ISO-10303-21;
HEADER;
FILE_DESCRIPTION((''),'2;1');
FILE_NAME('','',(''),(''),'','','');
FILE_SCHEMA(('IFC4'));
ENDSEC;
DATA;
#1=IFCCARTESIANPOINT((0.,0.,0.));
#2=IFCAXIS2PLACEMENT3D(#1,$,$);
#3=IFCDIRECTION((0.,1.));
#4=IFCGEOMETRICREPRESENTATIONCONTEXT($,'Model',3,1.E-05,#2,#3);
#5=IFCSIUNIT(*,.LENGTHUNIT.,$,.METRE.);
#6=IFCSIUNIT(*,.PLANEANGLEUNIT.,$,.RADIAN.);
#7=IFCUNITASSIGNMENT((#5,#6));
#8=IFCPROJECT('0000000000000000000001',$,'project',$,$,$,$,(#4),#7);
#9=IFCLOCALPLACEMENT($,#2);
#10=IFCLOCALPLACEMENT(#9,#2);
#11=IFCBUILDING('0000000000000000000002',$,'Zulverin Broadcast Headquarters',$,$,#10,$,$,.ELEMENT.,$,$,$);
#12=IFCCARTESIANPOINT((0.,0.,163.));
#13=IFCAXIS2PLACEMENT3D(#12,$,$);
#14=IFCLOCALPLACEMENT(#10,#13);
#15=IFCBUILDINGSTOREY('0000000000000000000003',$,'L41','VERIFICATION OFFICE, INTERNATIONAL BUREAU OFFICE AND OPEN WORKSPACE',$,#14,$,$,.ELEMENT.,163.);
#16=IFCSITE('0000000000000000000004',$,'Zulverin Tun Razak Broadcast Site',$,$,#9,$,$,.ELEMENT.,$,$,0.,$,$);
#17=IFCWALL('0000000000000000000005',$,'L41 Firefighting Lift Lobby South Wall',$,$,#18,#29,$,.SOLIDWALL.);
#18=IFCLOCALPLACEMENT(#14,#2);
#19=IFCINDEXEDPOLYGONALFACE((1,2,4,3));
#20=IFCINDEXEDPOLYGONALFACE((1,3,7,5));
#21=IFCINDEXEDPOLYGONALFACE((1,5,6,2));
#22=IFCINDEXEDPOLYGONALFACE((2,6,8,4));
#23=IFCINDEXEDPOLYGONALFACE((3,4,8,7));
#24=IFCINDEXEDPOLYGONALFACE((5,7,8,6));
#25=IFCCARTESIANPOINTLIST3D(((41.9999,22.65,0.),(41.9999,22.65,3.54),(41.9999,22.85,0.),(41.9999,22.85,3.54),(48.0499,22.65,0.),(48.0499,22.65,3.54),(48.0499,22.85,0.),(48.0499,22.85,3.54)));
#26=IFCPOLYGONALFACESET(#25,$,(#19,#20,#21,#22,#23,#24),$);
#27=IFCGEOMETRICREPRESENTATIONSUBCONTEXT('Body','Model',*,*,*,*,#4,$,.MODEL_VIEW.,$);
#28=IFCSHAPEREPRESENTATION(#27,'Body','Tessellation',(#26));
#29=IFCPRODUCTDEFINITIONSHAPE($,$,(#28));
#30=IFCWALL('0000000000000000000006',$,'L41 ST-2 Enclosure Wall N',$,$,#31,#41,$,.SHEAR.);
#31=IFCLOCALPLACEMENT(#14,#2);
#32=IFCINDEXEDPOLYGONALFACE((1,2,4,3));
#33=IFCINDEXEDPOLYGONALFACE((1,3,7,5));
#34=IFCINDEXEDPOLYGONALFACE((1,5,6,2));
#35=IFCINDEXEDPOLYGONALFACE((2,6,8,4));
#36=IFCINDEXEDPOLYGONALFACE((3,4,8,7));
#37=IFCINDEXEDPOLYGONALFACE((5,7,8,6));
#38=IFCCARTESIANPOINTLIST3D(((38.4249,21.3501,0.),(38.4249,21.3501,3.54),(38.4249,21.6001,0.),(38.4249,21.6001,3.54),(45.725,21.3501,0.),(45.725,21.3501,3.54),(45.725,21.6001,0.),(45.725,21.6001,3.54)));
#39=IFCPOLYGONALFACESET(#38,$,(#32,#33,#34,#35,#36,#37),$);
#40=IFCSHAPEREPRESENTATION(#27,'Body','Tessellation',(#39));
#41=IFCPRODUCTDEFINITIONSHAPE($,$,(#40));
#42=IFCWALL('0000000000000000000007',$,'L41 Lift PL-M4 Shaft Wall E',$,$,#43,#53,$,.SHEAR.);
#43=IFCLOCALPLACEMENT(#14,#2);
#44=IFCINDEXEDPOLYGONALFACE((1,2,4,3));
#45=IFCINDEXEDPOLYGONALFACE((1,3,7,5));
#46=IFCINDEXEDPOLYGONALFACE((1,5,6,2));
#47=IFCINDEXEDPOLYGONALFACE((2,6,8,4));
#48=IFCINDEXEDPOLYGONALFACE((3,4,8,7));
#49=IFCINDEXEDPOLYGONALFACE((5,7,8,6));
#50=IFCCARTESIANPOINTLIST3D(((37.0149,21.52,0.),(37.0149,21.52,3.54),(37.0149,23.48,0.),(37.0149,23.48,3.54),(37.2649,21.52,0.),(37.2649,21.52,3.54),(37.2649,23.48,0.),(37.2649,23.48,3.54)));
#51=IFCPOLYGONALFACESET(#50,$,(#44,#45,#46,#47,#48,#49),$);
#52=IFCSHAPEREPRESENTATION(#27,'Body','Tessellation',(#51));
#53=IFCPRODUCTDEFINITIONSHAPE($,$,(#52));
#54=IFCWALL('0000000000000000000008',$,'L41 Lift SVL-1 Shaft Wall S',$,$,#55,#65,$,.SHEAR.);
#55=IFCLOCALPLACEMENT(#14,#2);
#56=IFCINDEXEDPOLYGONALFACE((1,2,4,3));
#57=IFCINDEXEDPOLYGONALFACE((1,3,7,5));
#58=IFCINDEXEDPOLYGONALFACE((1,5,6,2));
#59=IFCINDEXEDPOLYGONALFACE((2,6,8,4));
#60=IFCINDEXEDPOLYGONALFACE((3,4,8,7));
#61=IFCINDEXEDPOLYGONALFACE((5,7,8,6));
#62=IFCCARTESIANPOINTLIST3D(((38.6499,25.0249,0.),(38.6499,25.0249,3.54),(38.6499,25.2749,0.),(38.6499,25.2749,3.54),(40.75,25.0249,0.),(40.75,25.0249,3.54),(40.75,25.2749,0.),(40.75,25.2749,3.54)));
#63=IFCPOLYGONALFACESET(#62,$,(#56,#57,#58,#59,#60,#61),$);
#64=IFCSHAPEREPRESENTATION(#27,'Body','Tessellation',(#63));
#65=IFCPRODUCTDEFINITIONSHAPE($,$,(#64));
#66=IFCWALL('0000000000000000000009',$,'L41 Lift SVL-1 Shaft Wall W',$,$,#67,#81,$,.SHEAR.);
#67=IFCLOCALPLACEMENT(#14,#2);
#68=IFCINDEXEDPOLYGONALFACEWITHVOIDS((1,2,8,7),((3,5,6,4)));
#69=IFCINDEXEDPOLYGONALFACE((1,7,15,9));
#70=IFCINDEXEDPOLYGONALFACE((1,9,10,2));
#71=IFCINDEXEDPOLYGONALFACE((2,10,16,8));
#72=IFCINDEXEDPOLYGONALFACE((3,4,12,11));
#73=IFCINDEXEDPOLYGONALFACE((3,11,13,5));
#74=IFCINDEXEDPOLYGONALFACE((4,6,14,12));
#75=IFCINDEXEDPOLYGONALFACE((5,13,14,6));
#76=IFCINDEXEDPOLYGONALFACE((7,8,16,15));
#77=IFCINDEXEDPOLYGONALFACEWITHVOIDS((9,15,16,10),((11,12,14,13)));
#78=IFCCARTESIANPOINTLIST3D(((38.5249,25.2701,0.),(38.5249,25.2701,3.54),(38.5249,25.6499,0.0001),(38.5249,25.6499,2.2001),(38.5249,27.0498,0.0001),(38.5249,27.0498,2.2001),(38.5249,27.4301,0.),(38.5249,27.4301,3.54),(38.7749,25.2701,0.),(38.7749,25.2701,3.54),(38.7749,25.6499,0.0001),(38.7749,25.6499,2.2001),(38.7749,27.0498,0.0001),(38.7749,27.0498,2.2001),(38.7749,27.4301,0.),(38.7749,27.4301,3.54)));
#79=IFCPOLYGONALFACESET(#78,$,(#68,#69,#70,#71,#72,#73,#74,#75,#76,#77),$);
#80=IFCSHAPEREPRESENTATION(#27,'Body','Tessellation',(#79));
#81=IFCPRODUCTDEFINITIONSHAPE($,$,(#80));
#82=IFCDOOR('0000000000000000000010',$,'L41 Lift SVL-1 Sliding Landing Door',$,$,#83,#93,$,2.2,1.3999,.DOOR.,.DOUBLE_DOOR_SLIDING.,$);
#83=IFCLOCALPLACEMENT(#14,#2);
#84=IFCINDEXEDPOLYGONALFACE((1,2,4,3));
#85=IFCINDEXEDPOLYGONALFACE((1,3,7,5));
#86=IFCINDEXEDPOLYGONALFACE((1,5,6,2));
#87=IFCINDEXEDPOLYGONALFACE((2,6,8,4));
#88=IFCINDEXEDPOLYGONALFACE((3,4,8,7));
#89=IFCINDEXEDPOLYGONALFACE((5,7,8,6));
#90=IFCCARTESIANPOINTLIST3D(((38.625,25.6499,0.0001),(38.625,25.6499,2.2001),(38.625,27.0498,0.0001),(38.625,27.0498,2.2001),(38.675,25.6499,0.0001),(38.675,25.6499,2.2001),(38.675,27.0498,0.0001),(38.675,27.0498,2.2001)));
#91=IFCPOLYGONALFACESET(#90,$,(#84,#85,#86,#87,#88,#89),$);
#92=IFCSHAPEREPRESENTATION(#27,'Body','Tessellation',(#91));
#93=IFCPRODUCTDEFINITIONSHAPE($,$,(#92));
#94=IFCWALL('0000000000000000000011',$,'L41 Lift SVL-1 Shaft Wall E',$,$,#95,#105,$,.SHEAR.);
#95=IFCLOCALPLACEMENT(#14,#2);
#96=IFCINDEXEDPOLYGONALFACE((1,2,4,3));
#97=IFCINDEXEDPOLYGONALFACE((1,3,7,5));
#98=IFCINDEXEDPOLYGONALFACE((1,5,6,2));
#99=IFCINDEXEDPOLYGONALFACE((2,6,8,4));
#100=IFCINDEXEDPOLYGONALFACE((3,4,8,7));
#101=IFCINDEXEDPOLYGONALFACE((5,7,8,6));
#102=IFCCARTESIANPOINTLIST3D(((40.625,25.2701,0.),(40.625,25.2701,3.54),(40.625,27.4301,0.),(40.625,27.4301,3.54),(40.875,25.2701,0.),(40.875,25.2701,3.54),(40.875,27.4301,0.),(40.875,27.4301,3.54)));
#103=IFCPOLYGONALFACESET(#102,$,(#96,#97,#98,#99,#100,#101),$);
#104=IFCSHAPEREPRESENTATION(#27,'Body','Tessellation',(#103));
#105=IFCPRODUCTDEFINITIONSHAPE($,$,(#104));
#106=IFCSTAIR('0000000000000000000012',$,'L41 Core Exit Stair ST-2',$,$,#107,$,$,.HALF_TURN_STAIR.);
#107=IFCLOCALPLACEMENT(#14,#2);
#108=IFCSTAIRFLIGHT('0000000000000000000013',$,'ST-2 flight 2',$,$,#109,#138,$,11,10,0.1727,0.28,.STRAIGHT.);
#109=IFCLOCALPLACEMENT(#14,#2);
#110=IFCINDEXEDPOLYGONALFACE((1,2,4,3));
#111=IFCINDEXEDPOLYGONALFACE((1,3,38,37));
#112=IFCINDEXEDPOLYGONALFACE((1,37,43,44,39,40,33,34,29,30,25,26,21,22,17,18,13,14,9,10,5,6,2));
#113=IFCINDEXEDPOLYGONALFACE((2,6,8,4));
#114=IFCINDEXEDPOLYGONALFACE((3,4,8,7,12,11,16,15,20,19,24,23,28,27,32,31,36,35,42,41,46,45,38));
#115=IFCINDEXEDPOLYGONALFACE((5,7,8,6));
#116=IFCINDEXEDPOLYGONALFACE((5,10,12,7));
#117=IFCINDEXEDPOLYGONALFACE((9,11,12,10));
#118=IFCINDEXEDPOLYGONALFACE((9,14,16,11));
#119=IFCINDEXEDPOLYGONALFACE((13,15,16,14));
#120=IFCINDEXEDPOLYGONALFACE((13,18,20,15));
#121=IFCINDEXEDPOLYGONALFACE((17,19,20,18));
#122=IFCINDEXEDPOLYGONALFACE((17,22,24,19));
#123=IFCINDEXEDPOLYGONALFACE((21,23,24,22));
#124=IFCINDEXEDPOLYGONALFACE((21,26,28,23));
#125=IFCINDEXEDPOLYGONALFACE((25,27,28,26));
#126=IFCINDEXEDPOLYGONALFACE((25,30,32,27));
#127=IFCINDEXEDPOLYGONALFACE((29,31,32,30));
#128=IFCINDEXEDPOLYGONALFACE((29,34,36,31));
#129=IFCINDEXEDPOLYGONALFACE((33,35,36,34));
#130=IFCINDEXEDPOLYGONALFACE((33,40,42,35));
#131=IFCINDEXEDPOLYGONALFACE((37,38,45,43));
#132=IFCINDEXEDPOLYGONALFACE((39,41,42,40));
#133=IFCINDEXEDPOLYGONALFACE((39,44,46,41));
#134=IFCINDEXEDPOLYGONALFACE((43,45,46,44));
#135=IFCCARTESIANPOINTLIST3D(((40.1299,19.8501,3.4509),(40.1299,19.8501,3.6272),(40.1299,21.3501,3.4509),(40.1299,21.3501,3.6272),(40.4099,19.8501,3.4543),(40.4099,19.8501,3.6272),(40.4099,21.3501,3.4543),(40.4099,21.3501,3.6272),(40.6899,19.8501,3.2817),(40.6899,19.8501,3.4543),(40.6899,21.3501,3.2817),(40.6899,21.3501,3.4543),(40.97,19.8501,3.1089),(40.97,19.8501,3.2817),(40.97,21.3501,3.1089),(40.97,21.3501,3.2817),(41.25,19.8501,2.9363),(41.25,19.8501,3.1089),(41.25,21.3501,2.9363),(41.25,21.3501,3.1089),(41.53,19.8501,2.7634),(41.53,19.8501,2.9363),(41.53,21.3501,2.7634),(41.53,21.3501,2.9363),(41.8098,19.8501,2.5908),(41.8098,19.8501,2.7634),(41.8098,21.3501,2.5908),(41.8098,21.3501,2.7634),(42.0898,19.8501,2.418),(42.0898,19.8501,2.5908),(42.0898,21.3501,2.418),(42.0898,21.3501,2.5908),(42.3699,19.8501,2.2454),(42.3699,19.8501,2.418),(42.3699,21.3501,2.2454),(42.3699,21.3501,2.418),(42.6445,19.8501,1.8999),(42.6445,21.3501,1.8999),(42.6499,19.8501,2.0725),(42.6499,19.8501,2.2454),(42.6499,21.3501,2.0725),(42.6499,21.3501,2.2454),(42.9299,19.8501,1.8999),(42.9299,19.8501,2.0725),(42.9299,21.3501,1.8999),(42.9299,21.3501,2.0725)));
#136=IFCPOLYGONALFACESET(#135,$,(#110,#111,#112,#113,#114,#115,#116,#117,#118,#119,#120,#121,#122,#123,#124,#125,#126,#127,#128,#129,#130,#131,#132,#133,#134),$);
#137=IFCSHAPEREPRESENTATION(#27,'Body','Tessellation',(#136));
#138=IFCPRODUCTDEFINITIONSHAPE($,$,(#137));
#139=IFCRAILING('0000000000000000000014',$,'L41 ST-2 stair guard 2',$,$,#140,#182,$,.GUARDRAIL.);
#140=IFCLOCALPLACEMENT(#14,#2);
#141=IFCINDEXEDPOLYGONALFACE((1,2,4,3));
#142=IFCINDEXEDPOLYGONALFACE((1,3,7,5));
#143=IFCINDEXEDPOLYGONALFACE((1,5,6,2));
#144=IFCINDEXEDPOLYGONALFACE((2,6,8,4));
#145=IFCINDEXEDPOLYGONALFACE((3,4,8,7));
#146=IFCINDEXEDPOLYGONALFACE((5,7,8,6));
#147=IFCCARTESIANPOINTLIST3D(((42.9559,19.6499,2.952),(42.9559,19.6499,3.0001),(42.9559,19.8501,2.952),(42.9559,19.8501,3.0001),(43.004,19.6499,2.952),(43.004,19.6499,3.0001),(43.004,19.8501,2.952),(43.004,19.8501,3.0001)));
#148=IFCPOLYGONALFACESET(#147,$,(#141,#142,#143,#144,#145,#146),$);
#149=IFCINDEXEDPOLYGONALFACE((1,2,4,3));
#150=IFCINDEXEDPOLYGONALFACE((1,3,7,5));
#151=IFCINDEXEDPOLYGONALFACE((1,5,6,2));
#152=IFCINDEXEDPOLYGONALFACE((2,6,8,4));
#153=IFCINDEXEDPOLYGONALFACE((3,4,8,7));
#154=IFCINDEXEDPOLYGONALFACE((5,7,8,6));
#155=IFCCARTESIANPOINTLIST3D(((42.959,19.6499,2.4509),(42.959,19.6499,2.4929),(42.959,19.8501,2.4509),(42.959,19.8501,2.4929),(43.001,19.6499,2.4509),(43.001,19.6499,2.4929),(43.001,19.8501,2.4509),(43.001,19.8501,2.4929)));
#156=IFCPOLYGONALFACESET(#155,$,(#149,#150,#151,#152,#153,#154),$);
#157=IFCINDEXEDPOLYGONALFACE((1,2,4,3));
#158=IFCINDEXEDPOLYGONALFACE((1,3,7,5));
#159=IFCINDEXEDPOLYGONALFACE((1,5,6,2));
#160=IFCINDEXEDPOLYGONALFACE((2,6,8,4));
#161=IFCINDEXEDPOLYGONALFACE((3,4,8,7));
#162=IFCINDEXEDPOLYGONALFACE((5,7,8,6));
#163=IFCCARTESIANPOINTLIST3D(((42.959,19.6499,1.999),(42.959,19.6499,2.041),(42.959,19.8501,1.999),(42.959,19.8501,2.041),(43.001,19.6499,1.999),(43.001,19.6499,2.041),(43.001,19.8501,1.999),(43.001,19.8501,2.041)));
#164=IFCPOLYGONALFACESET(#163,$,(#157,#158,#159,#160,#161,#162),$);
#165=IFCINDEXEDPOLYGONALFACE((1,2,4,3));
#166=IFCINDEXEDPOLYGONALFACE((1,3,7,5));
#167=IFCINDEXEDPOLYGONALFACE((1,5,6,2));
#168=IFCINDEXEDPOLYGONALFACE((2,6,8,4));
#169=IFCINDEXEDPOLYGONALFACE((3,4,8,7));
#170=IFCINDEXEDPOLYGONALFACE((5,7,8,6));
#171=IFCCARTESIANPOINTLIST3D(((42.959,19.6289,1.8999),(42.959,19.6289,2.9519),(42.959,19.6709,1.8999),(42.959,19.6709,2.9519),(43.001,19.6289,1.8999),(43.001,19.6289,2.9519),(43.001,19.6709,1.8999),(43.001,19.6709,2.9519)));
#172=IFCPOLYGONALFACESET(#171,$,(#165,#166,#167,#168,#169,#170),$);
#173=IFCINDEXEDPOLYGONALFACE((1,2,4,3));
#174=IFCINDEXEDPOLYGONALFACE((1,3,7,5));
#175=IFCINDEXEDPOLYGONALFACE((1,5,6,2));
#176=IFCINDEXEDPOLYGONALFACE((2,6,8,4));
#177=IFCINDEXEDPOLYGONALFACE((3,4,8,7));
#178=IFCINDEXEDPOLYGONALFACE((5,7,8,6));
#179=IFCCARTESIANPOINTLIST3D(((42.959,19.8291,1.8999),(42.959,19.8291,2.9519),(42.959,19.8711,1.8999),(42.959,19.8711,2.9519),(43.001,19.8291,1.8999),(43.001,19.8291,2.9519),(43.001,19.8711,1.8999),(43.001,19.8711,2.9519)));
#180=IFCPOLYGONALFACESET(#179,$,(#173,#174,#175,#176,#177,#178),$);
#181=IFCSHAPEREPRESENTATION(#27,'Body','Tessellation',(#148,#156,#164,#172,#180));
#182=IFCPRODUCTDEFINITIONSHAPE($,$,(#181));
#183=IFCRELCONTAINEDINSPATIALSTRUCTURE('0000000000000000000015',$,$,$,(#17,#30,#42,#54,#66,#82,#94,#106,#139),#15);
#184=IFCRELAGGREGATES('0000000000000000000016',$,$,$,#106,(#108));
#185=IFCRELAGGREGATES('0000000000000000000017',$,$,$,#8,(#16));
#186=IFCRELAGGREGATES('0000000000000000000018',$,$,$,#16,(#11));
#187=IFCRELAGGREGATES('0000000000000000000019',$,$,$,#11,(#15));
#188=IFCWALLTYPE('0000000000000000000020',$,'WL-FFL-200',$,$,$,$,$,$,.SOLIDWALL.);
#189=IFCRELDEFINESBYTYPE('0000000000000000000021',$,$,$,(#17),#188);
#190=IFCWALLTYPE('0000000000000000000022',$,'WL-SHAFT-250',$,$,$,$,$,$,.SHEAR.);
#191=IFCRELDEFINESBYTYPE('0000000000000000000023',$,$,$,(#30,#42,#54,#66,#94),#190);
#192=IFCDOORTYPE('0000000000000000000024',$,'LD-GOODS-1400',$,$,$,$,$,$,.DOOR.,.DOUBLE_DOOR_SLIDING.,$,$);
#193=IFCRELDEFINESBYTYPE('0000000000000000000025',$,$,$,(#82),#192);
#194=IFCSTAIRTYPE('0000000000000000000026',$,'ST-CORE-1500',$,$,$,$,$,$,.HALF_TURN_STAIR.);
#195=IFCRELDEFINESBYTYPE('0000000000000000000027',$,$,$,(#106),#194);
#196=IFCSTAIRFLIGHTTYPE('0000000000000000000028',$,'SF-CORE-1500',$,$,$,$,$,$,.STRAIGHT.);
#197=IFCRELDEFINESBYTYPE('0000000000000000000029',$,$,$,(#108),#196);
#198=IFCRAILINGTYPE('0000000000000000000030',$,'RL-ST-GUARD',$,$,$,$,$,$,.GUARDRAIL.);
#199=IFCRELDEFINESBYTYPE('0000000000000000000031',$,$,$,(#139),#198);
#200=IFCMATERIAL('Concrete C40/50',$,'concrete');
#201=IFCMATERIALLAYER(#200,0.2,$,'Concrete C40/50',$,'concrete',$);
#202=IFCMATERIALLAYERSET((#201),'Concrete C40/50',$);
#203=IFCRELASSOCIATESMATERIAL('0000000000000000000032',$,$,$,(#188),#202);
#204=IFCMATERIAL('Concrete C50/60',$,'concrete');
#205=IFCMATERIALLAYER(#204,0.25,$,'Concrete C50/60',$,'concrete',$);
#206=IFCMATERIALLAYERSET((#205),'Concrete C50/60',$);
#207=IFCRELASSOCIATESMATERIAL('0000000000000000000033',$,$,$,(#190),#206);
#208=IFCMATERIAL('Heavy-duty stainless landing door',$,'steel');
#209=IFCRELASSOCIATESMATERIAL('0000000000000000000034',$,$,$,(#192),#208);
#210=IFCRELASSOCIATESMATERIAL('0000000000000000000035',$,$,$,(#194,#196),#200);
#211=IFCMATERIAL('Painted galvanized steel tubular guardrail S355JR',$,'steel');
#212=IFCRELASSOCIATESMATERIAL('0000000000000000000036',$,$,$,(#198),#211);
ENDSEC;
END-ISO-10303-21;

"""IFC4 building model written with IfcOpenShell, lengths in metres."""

from ifc_helpers import new_model, si_unit, direction, frame, frame_2d, origin, origin_2d, place, context, subcontext, project, spatial, polyline, rectangle, outline, extrude, material, layer, layer_set, type_object, element, fill, aggregate, save


model = new_model("IFC4")

# Units and contexts
model_context = context("Model", 3, precision=1e-05, world=origin(), true_north=direction((0.0, 1.0)))
body_context = subcontext(model_context, "Body", "Model", "MODEL_VIEW")
ifc_project = project(units=[si_unit("LENGTHUNIT", "METRE"), si_unit("PLANEANGLEUNIT", "RADIAN")], contexts=[model_context])

# Site, building, storey
site_placement = place(None, origin())
site = spatial("IfcSite", under=ifc_project, at=site_placement, Name="Zulverin Tun Razak Broadcast Site", CompositionType="ELEMENT", RefElevation=0.0)
building_placement = place(site_placement, origin())
building = spatial("IfcBuilding", under=site, at=building_placement, Name="Zulverin Broadcast Headquarters", CompositionType="ELEMENT")
storey_placement = place(building_placement, frame((0.0, 0.0, 163.0)))
storey = spatial("IfcBuildingStorey", under=building, at=storey_placement, Name="L41", Description="VERIFICATION OFFICE, INTERNATIONAL BUREAU OFFICE AND OPEN WORKSPACE", CompositionType="ELEMENT", Elevation=163.0)

# Shared definitions
ifc_material_1 = material(Name="Concrete C40/50", Category="concrete")
ifc_layer_1 = layer(ifc_material_1, 0.2, Name="Concrete C40/50", Category="concrete")
ifc_layer_set_1 = layer_set([ifc_layer_1], Name="Concrete C40/50")
wall_type_1 = type_object("IfcWallType", Name="WL-FFL-200", PredefinedType="SOLIDWALL", material=ifc_layer_set_1)

# Wall
wall_1_placement = place(storey_placement, frame((42.0, 22.75, 0.0), z_axis=(0.0, 0.0, 1.0), x_axis=(1.0, 0.0, 0.0)))
element("IfcWall", 1, at=wall_1_placement, inside=storey, type_object=wall_type_1, Name="L41 Firefighting Lift Lobby South Wall", PredefinedType="SOLIDWALL", context=body_context, shape_type="SweptSolid", body=[
    extrude(rectangle(XDim=6.05, YDim=0.2, at=frame_2d((3.0249, 0.0))), origin(), (0.0, 0.0, 1.0), 3.54),
])

# Wall
ifc_material_2 = material(Name="Concrete C50/60", Category="concrete")
ifc_layer_2 = layer(ifc_material_2, 0.25, Name="Concrete C50/60", Category="concrete")
ifc_layer_set_2 = layer_set([ifc_layer_2], Name="Concrete C50/60")
wall_type_2 = type_object("IfcWallType", Name="WL-SHAFT-250", PredefinedType="SHEAR", material=ifc_layer_set_2)
wall_2_placement = place(storey_placement, frame((38.425, 21.4751, 0.0), z_axis=(0.0, 0.0, 1.0), x_axis=(1.0, 0.0, 0.0)))
element("IfcWall", 2, at=wall_2_placement, inside=storey, type_object=wall_type_2, Name="L41 ST-2 Enclosure Wall N", PredefinedType="SHEAR", context=body_context, shape_type="SweptSolid", body=[
    extrude(rectangle(XDim=7.3, YDim=0.25, at=frame_2d((3.6499, 0.0))), origin(), (0.0, 0.0, 1.0), 3.54),
])

# Wall
wall_3_placement = place(storey_placement, frame((37.1399, 21.52, 0.0), z_axis=(0.0, 0.0, 1.0), x_axis=(0.0, 1.0, 0.0)))
element("IfcWall", 3, at=wall_3_placement, inside=storey, type_object=wall_type_2, Name="L41 Lift PL-M4 Shaft Wall E", PredefinedType="SHEAR", context=body_context, shape_type="SweptSolid", body=[
    extrude(rectangle(XDim=1.96, YDim=0.25, at=frame_2d((0.98, 0.0))), origin(), (0.0, 0.0, 1.0), 3.54),
])

# Wall
wall_4_placement = place(storey_placement, frame((38.6499, 25.1499, 0.0), z_axis=(0.0, 0.0, 1.0), x_axis=(1.0, 0.0, 0.0)))
element("IfcWall", 4, at=wall_4_placement, inside=storey, type_object=wall_type_2, Name="L41 Lift SVL-1 Shaft Wall S", PredefinedType="SHEAR", context=body_context, shape_type="SweptSolid", body=[
    extrude(rectangle(XDim=2.1001, YDim=0.25, at=frame_2d((1.05, 0.0))), origin(), (0.0, 0.0, 1.0), 3.54),
])

# Wall, opening, door
wall_5_placement = place(storey_placement, frame((38.6499, 25.27, 0.0), z_axis=(0.0, 0.0, 1.0), x_axis=(0.0, 1.0, 0.0)))
wall_5 = element("IfcWall", 5, at=wall_5_placement, inside=storey, type_object=wall_type_2, Name="L41 Lift SVL-1 Shaft Wall W", PredefinedType="SHEAR", context=body_context, shape_type="SweptSolid", body=[
    extrude(rectangle(XDim=2.1599, YDim=0.25, at=frame_2d((1.0801, 0.0))), origin(), (0.0, 0.0, 1.0), 3.54),
])
opening_1_placement = place(wall_5_placement, frame((0.3799, 0.0, 0.0)))
opening_1 = element("IfcOpeningElement", 6, at=opening_1_placement, cuts=wall_5, PredefinedType="OPENING", context=body_context, shape_type="SweptSolid", body=[
    extrude(rectangle(XDim=1.3999, YDim=2.2, at=frame_2d((0.7, 1.1001))), frame((0.0, 0.135, 0.0), z_axis=(0.0, -1.0, 0.0), x_axis=(1.0, 0.0, 0.0)), (0.0, 0.0, 1.0), 0.27),
])
ifc_material_3 = material(Name="Heavy-duty stainless landing door", Category="steel")
door_type_1 = type_object("IfcDoorType", Name="LD-GOODS-1400", OperationType="DOUBLE_DOOR_SLIDING", PredefinedType="DOOR", material=ifc_material_3)
door_1_placement = place(opening_1_placement, origin())
door_1 = element("IfcDoor", 7, at=door_1_placement, inside=storey, type_object=door_type_1, Name="L41 Lift SVL-1 Sliding Landing Door", OperationType="DOUBLE_DOOR_SLIDING", OverallHeight=2.2, OverallWidth=1.3999, PredefinedType="DOOR", context=body_context, shape_type="SweptSolid", body=[
    extrude(rectangle(XDim=1.3999, YDim=2.2, at=frame_2d((0.7, 1.1001))), frame((0.0, 0.0249, 0.0), z_axis=(0.0, -1.0, 0.0), x_axis=(1.0, 0.0, 0.0)), (0.0, 0.0, 1.0), 0.05),
])
fill(opening_1, door_1)

# Wall
wall_6_placement = place(storey_placement, frame((40.75, 25.27, 0.0), z_axis=(0.0, 0.0, 1.0), x_axis=(0.0, 1.0, 0.0)))
element("IfcWall", 8, at=wall_6_placement, inside=storey, type_object=wall_type_2, Name="L41 Lift SVL-1 Shaft Wall E", PredefinedType="SHEAR", context=body_context, shape_type="SweptSolid", body=[
    extrude(rectangle(XDim=2.1599, YDim=0.25, at=frame_2d((1.0801, 0.0))), origin(), (0.0, 0.0, 1.0), 3.54),
])

# Stair, stair flight
stair_type = type_object("IfcStairType", Name="ST-CORE-1500", PredefinedType="HALF_TURN_STAIR", material=ifc_material_1)
stair_placement = place(storey_placement, origin())
stair = element("IfcStair", 9, at=stair_placement, inside=storey, type_object=stair_type, Name="L41 Core Exit Stair ST-2", PredefinedType="HALF_TURN_STAIR")
stair_flight_type = type_object("IfcStairFlightType", Name="SF-CORE-1500", PredefinedType="STRAIGHT", material=ifc_material_1)
stair_flight_placement = place(storey_placement, frame((42.9299, 20.6001, 1.8999), z_axis=(0.0, 0.0, 1.0), x_axis=(-1.0, 0.0, 0.0)))
stair_flight = element("IfcStairFlight", 10, at=stair_flight_placement, type_object=stair_flight_type, Name="ST-2 flight 2", NumberOfRisers=11, NumberOfTreads=10, PredefinedType="STRAIGHT", RiserHeight=0.1727, TreadLength=0.28, context=body_context, shape_type="SweptSolid", body=[
    extrude(outline(polyline([(0.0, 0.0), (0.0, 0.1726), (0.28, 0.1726), (0.28, 0.3455), (0.5601, 0.3455), (0.5601, 0.5181), (0.8401, 0.5181), (0.8401, 0.6909), (1.1201, 0.6909), (1.1201, 0.8635), (1.3999, 0.8635), (1.3999, 1.0364), (1.6799, 1.0364), (1.6799, 1.209), (1.96, 1.209), (1.96, 1.3818), (2.24, 1.3818), (2.24, 1.5544), (2.52, 1.5544), (2.52, 1.7273), (2.8, 1.7273), (2.8, 1.8999), (2.8, 1.551), (0.2854, 0.0), (0.0, 0.0)])), frame((0.0, 0.75, 0.0), z_axis=(0.0, -1.0, 0.0), x_axis=(1.0, 0.0, 0.0)), (0.0, 0.0, 1.0), 1.5),
])
aggregate(stair, [stair_flight])

# Railing
ifc_material_4 = material(Name="Painted galvanized steel tubular guardrail S355JR", Category="steel")
railing_type_1 = type_object("IfcRailingType", Name="RL-ST-GUARD", PredefinedType="GUARDRAIL", material=ifc_material_4)
railing_1_placement = place(storey_placement, frame((42.98, 19.6499, 1.8999)))
element("IfcRailing", 11, at=railing_1_placement, inside=storey, type_object=railing_type_1, Name="L41 ST-2 stair guard 2", PredefinedType="GUARDRAIL", context=body_context, shape_type="SweptSolid", body=[
    extrude(rectangle(XDim=0.0481, YDim=0.0481, at=origin_2d()), frame((0.0, 0.0, 1.0762), z_axis=(0.0, 1.0, 0.0), x_axis=(-1.0, 0.0, 0.0)), (0.0, 0.0, 1.0), 0.2002),
    extrude(rectangle(XDim=0.042, YDim=0.042, at=origin_2d()), frame((0.0, 0.0, 0.572), z_axis=(0.0, 1.0, 0.0), x_axis=(-1.0, 0.0, 0.0)), (0.0, 0.0, 1.0), 0.2002),
    extrude(rectangle(XDim=0.042, YDim=0.042, at=origin_2d()), frame((0.0, 0.0, 0.1201), z_axis=(0.0, 1.0, 0.0), x_axis=(-1.0, 0.0, 0.0)), (0.0, 0.0, 1.0), 0.2002),
    extrude(rectangle(XDim=0.042, YDim=0.042, at=origin_2d()), origin(), (0.0, 0.0, 1.0), 1.052),
    extrude(rectangle(XDim=0.042, YDim=0.042, at=origin_2d()), frame((0.0, 0.2002, 0.0)), (0.0, 0.0, 1.0), 1.052),
])

save(model, "model.ifc")
